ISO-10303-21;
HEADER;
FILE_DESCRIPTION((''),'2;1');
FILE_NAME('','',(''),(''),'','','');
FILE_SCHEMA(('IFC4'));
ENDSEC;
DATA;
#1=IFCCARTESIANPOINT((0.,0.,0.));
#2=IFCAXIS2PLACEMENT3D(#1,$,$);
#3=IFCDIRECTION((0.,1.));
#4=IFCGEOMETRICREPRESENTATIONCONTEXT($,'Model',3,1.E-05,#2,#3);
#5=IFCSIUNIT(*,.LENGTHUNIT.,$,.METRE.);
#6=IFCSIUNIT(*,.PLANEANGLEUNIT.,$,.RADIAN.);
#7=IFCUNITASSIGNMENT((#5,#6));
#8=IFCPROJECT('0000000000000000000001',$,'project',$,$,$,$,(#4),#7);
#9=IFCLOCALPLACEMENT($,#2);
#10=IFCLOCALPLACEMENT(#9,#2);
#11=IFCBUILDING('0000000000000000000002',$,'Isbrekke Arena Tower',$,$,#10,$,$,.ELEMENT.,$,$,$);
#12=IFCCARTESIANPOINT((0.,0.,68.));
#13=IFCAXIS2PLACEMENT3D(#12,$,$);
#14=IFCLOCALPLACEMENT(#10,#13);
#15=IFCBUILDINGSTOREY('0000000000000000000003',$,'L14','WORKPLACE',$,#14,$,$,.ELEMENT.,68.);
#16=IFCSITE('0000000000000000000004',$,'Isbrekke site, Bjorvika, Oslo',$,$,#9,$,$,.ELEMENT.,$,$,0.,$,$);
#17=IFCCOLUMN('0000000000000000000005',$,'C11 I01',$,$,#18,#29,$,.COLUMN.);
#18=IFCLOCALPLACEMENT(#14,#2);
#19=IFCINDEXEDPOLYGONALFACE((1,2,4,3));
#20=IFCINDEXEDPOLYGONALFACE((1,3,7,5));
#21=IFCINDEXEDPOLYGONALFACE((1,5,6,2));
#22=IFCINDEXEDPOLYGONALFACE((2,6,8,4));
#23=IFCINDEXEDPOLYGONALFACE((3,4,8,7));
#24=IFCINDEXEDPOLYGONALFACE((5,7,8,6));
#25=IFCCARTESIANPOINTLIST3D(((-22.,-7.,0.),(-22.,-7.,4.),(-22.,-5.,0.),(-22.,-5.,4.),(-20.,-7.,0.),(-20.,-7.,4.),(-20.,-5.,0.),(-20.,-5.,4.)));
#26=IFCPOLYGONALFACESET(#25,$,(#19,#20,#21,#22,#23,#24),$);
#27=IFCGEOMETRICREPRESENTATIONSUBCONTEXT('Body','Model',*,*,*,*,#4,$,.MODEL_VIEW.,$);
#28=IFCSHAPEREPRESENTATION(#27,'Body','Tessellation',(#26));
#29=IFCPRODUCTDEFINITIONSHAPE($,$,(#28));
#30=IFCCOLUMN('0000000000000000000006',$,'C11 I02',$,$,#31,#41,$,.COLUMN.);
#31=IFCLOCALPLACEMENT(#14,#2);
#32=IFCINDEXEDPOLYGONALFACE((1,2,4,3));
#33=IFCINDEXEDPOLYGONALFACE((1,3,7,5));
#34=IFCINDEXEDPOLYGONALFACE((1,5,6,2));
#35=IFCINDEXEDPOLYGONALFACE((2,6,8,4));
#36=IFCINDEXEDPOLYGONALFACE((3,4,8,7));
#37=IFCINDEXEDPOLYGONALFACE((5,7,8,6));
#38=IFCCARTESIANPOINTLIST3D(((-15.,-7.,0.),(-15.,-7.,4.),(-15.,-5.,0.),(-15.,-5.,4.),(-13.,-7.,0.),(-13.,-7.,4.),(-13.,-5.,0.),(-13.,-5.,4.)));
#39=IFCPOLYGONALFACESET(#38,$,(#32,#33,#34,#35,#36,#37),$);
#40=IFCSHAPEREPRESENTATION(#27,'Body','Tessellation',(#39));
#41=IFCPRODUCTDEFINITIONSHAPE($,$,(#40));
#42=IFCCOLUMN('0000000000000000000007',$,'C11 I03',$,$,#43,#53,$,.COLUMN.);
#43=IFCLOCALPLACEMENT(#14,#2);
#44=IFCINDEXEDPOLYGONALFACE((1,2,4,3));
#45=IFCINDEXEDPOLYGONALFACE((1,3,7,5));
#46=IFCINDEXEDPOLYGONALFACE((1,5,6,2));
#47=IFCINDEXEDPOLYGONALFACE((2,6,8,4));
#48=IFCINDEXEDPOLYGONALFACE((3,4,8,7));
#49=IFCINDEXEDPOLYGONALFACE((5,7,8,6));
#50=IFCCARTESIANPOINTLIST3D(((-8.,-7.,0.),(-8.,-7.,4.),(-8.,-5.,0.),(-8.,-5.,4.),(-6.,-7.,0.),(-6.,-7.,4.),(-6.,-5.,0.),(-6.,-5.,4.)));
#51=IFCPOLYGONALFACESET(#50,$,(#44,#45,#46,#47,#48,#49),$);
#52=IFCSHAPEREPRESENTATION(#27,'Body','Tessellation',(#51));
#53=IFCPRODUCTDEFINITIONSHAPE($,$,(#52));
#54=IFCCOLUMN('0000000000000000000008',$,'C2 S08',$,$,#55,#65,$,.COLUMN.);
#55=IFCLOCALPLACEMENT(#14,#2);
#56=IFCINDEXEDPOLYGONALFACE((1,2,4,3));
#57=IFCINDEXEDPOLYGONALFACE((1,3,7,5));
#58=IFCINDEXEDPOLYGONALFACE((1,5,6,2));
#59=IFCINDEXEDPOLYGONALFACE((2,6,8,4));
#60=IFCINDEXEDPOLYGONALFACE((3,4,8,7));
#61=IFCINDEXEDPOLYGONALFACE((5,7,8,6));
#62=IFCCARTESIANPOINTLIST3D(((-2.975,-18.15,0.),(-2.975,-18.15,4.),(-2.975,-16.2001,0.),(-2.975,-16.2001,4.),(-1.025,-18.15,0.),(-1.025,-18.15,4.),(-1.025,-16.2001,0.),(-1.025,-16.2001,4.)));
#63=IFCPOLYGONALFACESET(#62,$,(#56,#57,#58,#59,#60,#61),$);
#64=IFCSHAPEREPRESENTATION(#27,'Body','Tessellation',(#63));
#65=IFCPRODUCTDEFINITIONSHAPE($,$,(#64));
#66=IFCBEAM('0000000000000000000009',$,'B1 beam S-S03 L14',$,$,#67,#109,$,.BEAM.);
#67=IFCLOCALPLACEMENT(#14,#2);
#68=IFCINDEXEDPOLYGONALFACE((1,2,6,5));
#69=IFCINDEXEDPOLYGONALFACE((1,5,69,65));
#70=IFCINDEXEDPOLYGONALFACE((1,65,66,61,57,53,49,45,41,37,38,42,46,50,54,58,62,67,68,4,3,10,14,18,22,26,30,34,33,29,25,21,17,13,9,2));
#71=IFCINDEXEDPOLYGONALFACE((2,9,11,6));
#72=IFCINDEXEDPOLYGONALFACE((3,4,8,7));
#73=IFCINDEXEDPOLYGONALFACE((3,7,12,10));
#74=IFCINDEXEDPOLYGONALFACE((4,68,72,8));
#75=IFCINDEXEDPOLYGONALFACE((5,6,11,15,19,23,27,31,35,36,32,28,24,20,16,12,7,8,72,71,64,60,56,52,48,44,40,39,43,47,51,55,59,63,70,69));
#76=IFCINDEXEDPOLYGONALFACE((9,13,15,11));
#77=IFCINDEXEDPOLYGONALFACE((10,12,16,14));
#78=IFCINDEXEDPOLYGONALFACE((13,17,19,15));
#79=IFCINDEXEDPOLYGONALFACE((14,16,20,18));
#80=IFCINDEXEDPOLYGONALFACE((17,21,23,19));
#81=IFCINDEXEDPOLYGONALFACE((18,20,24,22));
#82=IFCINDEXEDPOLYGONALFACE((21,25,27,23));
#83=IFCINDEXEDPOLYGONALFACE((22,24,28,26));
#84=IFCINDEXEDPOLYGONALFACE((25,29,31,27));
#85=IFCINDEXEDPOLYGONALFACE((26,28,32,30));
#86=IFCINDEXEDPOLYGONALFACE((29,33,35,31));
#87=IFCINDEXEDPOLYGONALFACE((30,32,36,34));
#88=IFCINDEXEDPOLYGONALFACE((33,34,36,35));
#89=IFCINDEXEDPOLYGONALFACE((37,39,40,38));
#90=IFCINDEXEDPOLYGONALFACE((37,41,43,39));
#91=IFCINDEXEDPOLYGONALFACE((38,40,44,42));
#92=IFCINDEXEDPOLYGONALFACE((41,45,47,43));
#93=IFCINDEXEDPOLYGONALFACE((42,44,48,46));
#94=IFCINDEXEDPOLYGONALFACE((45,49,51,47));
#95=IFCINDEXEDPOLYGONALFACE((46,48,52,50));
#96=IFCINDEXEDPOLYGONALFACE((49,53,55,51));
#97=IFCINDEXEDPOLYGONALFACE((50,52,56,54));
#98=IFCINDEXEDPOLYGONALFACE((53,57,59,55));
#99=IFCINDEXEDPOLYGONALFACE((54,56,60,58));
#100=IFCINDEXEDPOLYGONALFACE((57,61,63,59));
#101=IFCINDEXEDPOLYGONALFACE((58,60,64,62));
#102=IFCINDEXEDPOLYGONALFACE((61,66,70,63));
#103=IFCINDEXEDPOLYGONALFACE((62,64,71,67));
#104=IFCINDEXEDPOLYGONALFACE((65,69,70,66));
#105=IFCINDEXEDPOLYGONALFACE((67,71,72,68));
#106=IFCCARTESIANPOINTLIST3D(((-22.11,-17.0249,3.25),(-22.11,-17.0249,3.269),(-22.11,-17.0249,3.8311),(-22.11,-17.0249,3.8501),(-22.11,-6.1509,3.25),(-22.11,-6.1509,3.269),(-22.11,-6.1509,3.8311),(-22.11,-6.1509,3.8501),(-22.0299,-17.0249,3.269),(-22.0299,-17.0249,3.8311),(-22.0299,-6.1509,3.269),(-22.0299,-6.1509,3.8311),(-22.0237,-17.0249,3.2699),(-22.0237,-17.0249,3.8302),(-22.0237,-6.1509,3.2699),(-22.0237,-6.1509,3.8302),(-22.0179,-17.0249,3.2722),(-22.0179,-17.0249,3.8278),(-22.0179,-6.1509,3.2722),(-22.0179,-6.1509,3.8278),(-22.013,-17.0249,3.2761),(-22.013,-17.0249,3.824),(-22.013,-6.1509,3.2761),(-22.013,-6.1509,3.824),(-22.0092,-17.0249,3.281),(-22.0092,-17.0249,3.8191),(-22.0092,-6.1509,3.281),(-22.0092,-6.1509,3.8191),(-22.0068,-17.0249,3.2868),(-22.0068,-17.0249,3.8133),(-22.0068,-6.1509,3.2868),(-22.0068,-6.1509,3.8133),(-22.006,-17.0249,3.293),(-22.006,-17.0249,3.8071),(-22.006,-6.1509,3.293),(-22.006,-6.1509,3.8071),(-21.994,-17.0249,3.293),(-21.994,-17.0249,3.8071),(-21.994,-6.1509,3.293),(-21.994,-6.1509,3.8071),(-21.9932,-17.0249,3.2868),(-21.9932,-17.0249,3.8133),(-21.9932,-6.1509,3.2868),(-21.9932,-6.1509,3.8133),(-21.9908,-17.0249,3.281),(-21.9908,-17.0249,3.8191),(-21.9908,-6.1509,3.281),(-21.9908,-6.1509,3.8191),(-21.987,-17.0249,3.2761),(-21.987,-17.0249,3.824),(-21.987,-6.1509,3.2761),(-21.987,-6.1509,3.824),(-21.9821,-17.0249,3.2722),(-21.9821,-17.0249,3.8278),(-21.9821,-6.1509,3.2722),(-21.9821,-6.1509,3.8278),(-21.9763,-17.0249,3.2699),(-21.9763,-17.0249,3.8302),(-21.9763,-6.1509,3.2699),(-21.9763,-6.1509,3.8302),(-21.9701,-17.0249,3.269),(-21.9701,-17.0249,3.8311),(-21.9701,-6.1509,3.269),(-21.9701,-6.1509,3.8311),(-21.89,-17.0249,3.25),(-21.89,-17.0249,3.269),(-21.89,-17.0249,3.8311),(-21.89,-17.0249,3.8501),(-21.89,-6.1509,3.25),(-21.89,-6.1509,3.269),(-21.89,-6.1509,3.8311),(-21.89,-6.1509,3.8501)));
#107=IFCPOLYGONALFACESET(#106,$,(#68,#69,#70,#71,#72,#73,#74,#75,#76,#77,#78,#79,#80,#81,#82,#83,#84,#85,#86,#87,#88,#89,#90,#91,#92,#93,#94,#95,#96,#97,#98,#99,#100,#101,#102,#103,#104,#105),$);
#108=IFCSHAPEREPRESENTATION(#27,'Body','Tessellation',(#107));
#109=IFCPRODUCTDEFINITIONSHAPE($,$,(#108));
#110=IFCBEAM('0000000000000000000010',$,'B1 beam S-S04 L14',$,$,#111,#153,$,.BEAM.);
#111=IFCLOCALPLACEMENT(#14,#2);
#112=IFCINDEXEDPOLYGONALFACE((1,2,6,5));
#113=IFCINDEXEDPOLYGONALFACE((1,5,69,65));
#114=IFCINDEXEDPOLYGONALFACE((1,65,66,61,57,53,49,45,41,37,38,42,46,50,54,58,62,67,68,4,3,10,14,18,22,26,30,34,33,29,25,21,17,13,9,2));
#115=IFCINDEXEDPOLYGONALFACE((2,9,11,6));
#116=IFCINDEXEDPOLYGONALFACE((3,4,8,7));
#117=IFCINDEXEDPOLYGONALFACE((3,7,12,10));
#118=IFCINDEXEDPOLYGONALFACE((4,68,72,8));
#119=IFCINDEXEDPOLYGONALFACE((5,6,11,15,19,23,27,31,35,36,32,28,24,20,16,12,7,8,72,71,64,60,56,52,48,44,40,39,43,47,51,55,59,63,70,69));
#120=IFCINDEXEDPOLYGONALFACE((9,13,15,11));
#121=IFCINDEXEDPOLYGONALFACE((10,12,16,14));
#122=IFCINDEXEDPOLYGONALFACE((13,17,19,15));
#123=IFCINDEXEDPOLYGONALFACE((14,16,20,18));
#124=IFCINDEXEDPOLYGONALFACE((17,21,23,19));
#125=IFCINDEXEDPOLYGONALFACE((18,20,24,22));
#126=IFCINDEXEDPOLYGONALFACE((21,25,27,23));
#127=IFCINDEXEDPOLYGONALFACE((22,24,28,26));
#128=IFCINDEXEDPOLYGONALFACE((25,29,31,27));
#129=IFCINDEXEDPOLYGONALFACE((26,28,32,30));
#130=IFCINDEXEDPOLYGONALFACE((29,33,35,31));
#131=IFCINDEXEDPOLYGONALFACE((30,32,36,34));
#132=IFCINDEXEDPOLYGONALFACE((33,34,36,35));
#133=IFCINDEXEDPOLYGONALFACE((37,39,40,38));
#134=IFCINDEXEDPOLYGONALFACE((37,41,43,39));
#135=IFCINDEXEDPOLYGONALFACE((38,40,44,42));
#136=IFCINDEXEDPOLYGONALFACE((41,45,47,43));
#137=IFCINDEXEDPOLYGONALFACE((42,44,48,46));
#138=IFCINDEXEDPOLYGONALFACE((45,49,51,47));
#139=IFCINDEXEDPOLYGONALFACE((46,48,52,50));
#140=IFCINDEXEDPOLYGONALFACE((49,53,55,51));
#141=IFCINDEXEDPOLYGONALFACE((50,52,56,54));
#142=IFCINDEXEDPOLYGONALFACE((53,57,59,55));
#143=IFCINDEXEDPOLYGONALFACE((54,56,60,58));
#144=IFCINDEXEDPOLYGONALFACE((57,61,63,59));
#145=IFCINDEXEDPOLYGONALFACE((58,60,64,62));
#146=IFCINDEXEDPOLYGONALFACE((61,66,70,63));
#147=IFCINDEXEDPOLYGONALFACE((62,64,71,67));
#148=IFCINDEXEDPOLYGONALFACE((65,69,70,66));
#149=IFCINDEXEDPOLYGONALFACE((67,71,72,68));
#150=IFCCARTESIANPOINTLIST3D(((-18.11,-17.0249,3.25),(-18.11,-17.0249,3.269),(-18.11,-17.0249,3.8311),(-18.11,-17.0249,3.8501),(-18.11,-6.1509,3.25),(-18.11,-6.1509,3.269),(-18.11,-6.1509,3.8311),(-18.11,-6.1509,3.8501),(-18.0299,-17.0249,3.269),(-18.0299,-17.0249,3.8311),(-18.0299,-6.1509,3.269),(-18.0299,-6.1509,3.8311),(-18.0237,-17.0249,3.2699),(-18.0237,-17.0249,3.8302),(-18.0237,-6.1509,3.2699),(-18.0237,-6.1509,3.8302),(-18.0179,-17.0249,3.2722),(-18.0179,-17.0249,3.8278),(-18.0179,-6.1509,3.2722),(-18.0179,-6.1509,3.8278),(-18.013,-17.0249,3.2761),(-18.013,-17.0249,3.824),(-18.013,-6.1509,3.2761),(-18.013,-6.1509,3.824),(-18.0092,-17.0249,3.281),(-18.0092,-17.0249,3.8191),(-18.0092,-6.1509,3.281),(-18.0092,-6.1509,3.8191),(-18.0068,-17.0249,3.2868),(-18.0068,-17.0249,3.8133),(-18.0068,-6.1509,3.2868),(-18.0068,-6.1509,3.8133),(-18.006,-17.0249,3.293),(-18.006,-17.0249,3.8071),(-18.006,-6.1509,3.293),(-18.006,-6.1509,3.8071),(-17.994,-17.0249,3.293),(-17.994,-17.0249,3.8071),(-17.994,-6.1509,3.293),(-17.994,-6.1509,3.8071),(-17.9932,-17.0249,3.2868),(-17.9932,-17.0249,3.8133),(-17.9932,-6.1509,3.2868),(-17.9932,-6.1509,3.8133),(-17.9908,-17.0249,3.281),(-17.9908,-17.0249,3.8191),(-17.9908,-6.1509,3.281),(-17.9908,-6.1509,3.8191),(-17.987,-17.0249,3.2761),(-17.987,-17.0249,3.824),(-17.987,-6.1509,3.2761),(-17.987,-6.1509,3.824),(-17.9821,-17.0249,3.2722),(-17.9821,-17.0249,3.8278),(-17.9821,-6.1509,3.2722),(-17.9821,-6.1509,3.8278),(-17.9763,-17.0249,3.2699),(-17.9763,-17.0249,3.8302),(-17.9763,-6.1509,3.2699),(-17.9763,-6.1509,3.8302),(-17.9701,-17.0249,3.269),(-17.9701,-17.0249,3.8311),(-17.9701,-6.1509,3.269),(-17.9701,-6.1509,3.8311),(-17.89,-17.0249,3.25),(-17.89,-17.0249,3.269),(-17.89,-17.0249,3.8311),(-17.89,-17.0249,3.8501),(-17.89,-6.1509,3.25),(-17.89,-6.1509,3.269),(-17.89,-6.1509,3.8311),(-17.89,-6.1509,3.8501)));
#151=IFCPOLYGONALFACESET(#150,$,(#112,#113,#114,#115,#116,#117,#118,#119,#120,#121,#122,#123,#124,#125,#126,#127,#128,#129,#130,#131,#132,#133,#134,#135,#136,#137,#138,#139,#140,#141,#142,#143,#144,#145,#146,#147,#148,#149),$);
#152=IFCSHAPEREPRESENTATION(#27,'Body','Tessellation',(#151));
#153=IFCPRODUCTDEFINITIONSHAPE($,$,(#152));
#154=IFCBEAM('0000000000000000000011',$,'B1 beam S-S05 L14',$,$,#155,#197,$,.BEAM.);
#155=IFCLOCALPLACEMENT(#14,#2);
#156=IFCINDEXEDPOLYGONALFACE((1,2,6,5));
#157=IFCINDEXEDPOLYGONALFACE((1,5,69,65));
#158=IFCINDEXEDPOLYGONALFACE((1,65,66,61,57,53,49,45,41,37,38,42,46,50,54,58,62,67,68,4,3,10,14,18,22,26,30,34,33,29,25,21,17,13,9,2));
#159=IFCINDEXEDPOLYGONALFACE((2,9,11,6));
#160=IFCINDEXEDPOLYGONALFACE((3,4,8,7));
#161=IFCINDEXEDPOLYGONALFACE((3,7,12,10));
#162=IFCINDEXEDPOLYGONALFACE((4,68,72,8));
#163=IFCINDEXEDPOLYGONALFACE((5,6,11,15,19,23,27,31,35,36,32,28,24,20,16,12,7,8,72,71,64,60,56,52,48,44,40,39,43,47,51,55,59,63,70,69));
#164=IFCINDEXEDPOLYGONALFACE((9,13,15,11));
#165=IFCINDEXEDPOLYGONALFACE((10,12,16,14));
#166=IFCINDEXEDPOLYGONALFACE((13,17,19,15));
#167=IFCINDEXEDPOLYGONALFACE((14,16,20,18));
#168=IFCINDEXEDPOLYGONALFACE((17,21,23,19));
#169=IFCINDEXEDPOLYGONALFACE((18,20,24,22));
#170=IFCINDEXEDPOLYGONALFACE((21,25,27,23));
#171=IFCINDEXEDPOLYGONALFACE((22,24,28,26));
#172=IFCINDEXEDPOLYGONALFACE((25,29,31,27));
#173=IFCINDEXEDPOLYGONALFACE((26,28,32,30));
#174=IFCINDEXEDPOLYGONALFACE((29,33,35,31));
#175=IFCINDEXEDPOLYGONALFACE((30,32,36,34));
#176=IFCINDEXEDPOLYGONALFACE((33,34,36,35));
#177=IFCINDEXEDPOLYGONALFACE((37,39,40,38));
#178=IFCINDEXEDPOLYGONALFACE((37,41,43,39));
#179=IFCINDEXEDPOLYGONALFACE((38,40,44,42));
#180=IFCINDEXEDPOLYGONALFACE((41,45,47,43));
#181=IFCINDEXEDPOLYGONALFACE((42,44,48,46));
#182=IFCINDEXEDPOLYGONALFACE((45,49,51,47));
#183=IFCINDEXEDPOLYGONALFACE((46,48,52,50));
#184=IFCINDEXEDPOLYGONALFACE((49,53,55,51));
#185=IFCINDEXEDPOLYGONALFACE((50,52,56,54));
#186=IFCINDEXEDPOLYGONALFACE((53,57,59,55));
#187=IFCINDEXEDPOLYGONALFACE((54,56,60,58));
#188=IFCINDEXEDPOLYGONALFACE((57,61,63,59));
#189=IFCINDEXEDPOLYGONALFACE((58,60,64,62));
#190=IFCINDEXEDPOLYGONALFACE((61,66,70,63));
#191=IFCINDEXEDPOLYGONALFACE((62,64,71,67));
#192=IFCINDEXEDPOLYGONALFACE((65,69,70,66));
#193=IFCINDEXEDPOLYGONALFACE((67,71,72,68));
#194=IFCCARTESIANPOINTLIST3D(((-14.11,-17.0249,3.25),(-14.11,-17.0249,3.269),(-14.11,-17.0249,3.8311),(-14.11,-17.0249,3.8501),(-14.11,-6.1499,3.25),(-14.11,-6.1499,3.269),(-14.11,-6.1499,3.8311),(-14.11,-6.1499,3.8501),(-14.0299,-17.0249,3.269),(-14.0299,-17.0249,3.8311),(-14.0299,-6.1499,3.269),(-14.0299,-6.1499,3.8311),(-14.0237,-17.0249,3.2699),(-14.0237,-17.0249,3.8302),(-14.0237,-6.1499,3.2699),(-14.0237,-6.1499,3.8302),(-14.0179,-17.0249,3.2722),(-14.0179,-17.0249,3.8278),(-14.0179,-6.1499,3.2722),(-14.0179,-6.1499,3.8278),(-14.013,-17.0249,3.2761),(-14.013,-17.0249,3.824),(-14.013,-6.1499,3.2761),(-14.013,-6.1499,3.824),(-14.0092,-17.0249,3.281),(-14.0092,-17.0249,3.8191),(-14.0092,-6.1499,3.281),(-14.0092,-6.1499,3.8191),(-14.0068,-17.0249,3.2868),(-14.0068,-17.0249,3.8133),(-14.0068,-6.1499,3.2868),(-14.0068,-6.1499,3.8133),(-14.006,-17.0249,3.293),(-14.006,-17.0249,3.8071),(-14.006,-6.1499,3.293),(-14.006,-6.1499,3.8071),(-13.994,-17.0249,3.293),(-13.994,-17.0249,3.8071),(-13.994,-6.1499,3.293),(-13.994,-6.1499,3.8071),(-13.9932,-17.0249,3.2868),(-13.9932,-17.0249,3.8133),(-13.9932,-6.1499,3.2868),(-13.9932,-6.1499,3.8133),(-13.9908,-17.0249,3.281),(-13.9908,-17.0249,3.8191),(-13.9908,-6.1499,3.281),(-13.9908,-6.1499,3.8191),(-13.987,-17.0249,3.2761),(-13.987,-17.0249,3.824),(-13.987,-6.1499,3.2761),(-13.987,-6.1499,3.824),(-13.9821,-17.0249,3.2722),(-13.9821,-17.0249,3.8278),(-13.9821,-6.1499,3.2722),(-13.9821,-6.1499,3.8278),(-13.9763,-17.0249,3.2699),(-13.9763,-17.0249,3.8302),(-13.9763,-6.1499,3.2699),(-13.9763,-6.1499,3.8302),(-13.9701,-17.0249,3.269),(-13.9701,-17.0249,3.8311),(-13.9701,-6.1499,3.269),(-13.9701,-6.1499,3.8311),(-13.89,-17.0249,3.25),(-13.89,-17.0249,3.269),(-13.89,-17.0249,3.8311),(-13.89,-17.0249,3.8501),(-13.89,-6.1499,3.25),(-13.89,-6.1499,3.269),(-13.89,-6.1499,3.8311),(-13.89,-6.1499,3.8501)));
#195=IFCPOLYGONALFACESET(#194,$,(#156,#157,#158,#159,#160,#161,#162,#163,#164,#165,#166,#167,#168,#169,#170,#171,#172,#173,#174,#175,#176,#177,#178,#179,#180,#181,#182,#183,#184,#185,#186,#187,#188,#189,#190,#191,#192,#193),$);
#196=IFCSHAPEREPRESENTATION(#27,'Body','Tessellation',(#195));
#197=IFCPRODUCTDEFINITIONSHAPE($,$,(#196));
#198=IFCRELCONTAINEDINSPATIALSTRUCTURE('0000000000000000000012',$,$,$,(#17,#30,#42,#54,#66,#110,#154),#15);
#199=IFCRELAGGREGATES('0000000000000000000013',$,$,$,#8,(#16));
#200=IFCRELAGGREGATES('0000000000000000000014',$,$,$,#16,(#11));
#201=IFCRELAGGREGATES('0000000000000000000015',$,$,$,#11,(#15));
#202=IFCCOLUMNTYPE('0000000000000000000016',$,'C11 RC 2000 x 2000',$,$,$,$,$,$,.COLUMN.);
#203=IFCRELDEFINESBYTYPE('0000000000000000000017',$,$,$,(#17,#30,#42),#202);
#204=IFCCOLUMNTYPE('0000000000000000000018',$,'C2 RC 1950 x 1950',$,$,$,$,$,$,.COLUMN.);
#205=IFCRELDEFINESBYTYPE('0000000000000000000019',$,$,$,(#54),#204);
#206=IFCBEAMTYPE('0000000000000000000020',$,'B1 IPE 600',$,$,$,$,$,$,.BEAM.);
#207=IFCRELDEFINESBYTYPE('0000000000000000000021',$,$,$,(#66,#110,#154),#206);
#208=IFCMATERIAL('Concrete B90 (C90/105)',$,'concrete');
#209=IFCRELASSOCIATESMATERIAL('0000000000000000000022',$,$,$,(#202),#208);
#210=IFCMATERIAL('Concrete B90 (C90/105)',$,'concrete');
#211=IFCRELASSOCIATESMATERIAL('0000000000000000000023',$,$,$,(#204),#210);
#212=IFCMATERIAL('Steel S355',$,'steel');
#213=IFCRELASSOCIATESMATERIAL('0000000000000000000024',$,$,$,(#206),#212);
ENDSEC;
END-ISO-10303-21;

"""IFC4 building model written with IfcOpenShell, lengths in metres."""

from ifc_helpers import new_model, si_unit, direction, frame, origin, origin_2d, place, context, subcontext, project, spatial, rectangle, i_section, extrude, material, material_profile, profile_set, type_object, element, save


model = new_model("IFC4")

# Units and contexts
model_context = context("Model", 3, precision=1e-05, world=origin(), true_north=direction((0.0, 1.0)))
body_context = subcontext(model_context, "Body", "Model", "MODEL_VIEW")
ifc_project = project(units=[si_unit("LENGTHUNIT", "METRE"), si_unit("PLANEANGLEUNIT", "RADIAN")], contexts=[model_context])

# Site, building, storey
site_placement = place(None, origin())
site = spatial("IfcSite", under=ifc_project, at=site_placement, Name="Isbrekke site, Bjorvika, Oslo", CompositionType="ELEMENT", RefElevation=0.0)
building_placement = place(site_placement, origin())
building = spatial("IfcBuilding", under=site, at=building_placement, Name="Isbrekke Arena Tower", CompositionType="ELEMENT")
storey_placement = place(building_placement, frame((0.0, 0.0, 68.0)))
storey = spatial("IfcBuildingStorey", under=building, at=storey_placement, Name="L14", Description="WORKPLACE", CompositionType="ELEMENT", Elevation=68.0)

# Columns
ifc_material_1 = material(Name="Concrete B90 (C90/105)", Category="concrete")
ifc_material_profile_1 = material_profile(ifc_material_1, rectangle(XDim=2.0, YDim=2.0, at=origin_2d()), Name="RC 2000x2000")
ifc_profile_set_1 = profile_set([ifc_material_profile_1], Name="Concrete B90 (C90/105)")
column_type_1 = type_object("IfcColumnType", Name="C11 RC 2000 x 2000", PredefinedType="COLUMN", material=ifc_profile_set_1)
for number, where, z_axis, x_axis, name in (
    (1, (-21.0, -6.0, 0.0), (0.0, 0.0, 1.0), (1.0, 0.0, 0.0), "C11 I01"),
    (2, (-14.0, -6.0, 0.0), (0.0, 0.0, 1.0), (1.0, 0.0, 0.0), "C11 I02"),
    (3, (-7.0, -6.0, 0.0), (0.0, 0.0, 1.0), (1.0, 0.0, 0.0), "C11 I03"),
):
    element("IfcColumn", number, at=place(storey_placement, frame(where, z_axis=z_axis, x_axis=x_axis)), inside=storey, type_object=column_type_1, Name=name, PredefinedType="COLUMN", context=body_context, shape_type="SweptSolid", body=[
        extrude(rectangle(XDim=2.0, YDim=2.0, at=origin_2d()), origin(), (0.0, 0.0, 1.0), 4.0),
    ])
ifc_material_2 = material(Name="Concrete B90 (C90/105)", Category="concrete")
ifc_material_profile_2 = material_profile(ifc_material_2, rectangle(XDim=1.95, YDim=1.95, at=origin_2d()), Name="RC 1950x1950")
ifc_profile_set_2 = profile_set([ifc_material_profile_2], Name="Concrete B90 (C90/105)")
column_type_2 = type_object("IfcColumnType", Name="C2 RC 1950 x 1950", PredefinedType="COLUMN", material=ifc_profile_set_2)
column_placement = place(storey_placement, frame((-2.0, -17.175, 0.0), z_axis=(0.0, 0.0, 1.0), x_axis=(1.0, 0.0, 0.0)))
element("IfcColumn", 4, at=column_placement, inside=storey, type_object=column_type_2, Name="C2 S08", PredefinedType="COLUMN", context=body_context, shape_type="SweptSolid", body=[
    extrude(rectangle(XDim=1.95, YDim=1.95, at=origin_2d()), origin(), (0.0, 0.0, 1.0), 4.0),
])

# Beams
ifc_material_3 = material(Name="Steel S355", Category="steel")
ifc_material_profile_3 = material_profile(ifc_material_3, i_section(OverallWidth=0.22, OverallDepth=0.6001, WebThickness=0.012, FlangeThickness=0.019, FilletRadius=0.0239, at=origin_2d()), Name="IPE 600")
ifc_profile_set_3 = profile_set([ifc_material_profile_3], Name="Steel S355")
beam_type_1 = type_object("IfcBeamType", Name="B1 IPE 600", PredefinedType="BEAM", material=ifc_profile_set_3)
for number, where, z_axis, x_axis, name in (
    (5, (-22.0, -17.0249, 3.55), (0.0, 1.0, 0.0), (-1.0, 0.0, 0.0), "B1 beam S-S03 L14"),
    (6, (-18.0, -17.0249, 3.55), (0.0, 1.0, 0.0), (-1.0, 0.0, 0.0), "B1 beam S-S04 L14"),
):
    element("IfcBeam", number, at=place(storey_placement, frame(where, z_axis=z_axis, x_axis=x_axis)), inside=storey, type_object=beam_type_1, Name=name, PredefinedType="BEAM", context=body_context, shape_type="SweptSolid", body=[
        extrude(i_section(OverallWidth=0.22, OverallDepth=0.6001, WebThickness=0.012, FlangeThickness=0.019, FilletRadius=0.0239, at=origin_2d()), origin(), (0.0, 0.0, 1.0), 10.874),
    ])
beam_1_placement = place(storey_placement, frame((-14.0, -17.0249, 3.55), z_axis=(0.0, 1.0, 0.0), x_axis=(-1.0, 0.0, 0.0)))
element("IfcBeam", 7, at=beam_1_placement, inside=storey, type_object=beam_type_1, Name="B1 beam S-S05 L14", PredefinedType="BEAM", context=body_context, shape_type="SweptSolid", body=[
    extrude(i_section(OverallWidth=0.22, OverallDepth=0.6001, WebThickness=0.012, FlangeThickness=0.019, FilletRadius=0.0239, at=origin_2d()), origin(), (0.0, 0.0, 1.0), 10.875),
])

save(model, "model.ifc")
